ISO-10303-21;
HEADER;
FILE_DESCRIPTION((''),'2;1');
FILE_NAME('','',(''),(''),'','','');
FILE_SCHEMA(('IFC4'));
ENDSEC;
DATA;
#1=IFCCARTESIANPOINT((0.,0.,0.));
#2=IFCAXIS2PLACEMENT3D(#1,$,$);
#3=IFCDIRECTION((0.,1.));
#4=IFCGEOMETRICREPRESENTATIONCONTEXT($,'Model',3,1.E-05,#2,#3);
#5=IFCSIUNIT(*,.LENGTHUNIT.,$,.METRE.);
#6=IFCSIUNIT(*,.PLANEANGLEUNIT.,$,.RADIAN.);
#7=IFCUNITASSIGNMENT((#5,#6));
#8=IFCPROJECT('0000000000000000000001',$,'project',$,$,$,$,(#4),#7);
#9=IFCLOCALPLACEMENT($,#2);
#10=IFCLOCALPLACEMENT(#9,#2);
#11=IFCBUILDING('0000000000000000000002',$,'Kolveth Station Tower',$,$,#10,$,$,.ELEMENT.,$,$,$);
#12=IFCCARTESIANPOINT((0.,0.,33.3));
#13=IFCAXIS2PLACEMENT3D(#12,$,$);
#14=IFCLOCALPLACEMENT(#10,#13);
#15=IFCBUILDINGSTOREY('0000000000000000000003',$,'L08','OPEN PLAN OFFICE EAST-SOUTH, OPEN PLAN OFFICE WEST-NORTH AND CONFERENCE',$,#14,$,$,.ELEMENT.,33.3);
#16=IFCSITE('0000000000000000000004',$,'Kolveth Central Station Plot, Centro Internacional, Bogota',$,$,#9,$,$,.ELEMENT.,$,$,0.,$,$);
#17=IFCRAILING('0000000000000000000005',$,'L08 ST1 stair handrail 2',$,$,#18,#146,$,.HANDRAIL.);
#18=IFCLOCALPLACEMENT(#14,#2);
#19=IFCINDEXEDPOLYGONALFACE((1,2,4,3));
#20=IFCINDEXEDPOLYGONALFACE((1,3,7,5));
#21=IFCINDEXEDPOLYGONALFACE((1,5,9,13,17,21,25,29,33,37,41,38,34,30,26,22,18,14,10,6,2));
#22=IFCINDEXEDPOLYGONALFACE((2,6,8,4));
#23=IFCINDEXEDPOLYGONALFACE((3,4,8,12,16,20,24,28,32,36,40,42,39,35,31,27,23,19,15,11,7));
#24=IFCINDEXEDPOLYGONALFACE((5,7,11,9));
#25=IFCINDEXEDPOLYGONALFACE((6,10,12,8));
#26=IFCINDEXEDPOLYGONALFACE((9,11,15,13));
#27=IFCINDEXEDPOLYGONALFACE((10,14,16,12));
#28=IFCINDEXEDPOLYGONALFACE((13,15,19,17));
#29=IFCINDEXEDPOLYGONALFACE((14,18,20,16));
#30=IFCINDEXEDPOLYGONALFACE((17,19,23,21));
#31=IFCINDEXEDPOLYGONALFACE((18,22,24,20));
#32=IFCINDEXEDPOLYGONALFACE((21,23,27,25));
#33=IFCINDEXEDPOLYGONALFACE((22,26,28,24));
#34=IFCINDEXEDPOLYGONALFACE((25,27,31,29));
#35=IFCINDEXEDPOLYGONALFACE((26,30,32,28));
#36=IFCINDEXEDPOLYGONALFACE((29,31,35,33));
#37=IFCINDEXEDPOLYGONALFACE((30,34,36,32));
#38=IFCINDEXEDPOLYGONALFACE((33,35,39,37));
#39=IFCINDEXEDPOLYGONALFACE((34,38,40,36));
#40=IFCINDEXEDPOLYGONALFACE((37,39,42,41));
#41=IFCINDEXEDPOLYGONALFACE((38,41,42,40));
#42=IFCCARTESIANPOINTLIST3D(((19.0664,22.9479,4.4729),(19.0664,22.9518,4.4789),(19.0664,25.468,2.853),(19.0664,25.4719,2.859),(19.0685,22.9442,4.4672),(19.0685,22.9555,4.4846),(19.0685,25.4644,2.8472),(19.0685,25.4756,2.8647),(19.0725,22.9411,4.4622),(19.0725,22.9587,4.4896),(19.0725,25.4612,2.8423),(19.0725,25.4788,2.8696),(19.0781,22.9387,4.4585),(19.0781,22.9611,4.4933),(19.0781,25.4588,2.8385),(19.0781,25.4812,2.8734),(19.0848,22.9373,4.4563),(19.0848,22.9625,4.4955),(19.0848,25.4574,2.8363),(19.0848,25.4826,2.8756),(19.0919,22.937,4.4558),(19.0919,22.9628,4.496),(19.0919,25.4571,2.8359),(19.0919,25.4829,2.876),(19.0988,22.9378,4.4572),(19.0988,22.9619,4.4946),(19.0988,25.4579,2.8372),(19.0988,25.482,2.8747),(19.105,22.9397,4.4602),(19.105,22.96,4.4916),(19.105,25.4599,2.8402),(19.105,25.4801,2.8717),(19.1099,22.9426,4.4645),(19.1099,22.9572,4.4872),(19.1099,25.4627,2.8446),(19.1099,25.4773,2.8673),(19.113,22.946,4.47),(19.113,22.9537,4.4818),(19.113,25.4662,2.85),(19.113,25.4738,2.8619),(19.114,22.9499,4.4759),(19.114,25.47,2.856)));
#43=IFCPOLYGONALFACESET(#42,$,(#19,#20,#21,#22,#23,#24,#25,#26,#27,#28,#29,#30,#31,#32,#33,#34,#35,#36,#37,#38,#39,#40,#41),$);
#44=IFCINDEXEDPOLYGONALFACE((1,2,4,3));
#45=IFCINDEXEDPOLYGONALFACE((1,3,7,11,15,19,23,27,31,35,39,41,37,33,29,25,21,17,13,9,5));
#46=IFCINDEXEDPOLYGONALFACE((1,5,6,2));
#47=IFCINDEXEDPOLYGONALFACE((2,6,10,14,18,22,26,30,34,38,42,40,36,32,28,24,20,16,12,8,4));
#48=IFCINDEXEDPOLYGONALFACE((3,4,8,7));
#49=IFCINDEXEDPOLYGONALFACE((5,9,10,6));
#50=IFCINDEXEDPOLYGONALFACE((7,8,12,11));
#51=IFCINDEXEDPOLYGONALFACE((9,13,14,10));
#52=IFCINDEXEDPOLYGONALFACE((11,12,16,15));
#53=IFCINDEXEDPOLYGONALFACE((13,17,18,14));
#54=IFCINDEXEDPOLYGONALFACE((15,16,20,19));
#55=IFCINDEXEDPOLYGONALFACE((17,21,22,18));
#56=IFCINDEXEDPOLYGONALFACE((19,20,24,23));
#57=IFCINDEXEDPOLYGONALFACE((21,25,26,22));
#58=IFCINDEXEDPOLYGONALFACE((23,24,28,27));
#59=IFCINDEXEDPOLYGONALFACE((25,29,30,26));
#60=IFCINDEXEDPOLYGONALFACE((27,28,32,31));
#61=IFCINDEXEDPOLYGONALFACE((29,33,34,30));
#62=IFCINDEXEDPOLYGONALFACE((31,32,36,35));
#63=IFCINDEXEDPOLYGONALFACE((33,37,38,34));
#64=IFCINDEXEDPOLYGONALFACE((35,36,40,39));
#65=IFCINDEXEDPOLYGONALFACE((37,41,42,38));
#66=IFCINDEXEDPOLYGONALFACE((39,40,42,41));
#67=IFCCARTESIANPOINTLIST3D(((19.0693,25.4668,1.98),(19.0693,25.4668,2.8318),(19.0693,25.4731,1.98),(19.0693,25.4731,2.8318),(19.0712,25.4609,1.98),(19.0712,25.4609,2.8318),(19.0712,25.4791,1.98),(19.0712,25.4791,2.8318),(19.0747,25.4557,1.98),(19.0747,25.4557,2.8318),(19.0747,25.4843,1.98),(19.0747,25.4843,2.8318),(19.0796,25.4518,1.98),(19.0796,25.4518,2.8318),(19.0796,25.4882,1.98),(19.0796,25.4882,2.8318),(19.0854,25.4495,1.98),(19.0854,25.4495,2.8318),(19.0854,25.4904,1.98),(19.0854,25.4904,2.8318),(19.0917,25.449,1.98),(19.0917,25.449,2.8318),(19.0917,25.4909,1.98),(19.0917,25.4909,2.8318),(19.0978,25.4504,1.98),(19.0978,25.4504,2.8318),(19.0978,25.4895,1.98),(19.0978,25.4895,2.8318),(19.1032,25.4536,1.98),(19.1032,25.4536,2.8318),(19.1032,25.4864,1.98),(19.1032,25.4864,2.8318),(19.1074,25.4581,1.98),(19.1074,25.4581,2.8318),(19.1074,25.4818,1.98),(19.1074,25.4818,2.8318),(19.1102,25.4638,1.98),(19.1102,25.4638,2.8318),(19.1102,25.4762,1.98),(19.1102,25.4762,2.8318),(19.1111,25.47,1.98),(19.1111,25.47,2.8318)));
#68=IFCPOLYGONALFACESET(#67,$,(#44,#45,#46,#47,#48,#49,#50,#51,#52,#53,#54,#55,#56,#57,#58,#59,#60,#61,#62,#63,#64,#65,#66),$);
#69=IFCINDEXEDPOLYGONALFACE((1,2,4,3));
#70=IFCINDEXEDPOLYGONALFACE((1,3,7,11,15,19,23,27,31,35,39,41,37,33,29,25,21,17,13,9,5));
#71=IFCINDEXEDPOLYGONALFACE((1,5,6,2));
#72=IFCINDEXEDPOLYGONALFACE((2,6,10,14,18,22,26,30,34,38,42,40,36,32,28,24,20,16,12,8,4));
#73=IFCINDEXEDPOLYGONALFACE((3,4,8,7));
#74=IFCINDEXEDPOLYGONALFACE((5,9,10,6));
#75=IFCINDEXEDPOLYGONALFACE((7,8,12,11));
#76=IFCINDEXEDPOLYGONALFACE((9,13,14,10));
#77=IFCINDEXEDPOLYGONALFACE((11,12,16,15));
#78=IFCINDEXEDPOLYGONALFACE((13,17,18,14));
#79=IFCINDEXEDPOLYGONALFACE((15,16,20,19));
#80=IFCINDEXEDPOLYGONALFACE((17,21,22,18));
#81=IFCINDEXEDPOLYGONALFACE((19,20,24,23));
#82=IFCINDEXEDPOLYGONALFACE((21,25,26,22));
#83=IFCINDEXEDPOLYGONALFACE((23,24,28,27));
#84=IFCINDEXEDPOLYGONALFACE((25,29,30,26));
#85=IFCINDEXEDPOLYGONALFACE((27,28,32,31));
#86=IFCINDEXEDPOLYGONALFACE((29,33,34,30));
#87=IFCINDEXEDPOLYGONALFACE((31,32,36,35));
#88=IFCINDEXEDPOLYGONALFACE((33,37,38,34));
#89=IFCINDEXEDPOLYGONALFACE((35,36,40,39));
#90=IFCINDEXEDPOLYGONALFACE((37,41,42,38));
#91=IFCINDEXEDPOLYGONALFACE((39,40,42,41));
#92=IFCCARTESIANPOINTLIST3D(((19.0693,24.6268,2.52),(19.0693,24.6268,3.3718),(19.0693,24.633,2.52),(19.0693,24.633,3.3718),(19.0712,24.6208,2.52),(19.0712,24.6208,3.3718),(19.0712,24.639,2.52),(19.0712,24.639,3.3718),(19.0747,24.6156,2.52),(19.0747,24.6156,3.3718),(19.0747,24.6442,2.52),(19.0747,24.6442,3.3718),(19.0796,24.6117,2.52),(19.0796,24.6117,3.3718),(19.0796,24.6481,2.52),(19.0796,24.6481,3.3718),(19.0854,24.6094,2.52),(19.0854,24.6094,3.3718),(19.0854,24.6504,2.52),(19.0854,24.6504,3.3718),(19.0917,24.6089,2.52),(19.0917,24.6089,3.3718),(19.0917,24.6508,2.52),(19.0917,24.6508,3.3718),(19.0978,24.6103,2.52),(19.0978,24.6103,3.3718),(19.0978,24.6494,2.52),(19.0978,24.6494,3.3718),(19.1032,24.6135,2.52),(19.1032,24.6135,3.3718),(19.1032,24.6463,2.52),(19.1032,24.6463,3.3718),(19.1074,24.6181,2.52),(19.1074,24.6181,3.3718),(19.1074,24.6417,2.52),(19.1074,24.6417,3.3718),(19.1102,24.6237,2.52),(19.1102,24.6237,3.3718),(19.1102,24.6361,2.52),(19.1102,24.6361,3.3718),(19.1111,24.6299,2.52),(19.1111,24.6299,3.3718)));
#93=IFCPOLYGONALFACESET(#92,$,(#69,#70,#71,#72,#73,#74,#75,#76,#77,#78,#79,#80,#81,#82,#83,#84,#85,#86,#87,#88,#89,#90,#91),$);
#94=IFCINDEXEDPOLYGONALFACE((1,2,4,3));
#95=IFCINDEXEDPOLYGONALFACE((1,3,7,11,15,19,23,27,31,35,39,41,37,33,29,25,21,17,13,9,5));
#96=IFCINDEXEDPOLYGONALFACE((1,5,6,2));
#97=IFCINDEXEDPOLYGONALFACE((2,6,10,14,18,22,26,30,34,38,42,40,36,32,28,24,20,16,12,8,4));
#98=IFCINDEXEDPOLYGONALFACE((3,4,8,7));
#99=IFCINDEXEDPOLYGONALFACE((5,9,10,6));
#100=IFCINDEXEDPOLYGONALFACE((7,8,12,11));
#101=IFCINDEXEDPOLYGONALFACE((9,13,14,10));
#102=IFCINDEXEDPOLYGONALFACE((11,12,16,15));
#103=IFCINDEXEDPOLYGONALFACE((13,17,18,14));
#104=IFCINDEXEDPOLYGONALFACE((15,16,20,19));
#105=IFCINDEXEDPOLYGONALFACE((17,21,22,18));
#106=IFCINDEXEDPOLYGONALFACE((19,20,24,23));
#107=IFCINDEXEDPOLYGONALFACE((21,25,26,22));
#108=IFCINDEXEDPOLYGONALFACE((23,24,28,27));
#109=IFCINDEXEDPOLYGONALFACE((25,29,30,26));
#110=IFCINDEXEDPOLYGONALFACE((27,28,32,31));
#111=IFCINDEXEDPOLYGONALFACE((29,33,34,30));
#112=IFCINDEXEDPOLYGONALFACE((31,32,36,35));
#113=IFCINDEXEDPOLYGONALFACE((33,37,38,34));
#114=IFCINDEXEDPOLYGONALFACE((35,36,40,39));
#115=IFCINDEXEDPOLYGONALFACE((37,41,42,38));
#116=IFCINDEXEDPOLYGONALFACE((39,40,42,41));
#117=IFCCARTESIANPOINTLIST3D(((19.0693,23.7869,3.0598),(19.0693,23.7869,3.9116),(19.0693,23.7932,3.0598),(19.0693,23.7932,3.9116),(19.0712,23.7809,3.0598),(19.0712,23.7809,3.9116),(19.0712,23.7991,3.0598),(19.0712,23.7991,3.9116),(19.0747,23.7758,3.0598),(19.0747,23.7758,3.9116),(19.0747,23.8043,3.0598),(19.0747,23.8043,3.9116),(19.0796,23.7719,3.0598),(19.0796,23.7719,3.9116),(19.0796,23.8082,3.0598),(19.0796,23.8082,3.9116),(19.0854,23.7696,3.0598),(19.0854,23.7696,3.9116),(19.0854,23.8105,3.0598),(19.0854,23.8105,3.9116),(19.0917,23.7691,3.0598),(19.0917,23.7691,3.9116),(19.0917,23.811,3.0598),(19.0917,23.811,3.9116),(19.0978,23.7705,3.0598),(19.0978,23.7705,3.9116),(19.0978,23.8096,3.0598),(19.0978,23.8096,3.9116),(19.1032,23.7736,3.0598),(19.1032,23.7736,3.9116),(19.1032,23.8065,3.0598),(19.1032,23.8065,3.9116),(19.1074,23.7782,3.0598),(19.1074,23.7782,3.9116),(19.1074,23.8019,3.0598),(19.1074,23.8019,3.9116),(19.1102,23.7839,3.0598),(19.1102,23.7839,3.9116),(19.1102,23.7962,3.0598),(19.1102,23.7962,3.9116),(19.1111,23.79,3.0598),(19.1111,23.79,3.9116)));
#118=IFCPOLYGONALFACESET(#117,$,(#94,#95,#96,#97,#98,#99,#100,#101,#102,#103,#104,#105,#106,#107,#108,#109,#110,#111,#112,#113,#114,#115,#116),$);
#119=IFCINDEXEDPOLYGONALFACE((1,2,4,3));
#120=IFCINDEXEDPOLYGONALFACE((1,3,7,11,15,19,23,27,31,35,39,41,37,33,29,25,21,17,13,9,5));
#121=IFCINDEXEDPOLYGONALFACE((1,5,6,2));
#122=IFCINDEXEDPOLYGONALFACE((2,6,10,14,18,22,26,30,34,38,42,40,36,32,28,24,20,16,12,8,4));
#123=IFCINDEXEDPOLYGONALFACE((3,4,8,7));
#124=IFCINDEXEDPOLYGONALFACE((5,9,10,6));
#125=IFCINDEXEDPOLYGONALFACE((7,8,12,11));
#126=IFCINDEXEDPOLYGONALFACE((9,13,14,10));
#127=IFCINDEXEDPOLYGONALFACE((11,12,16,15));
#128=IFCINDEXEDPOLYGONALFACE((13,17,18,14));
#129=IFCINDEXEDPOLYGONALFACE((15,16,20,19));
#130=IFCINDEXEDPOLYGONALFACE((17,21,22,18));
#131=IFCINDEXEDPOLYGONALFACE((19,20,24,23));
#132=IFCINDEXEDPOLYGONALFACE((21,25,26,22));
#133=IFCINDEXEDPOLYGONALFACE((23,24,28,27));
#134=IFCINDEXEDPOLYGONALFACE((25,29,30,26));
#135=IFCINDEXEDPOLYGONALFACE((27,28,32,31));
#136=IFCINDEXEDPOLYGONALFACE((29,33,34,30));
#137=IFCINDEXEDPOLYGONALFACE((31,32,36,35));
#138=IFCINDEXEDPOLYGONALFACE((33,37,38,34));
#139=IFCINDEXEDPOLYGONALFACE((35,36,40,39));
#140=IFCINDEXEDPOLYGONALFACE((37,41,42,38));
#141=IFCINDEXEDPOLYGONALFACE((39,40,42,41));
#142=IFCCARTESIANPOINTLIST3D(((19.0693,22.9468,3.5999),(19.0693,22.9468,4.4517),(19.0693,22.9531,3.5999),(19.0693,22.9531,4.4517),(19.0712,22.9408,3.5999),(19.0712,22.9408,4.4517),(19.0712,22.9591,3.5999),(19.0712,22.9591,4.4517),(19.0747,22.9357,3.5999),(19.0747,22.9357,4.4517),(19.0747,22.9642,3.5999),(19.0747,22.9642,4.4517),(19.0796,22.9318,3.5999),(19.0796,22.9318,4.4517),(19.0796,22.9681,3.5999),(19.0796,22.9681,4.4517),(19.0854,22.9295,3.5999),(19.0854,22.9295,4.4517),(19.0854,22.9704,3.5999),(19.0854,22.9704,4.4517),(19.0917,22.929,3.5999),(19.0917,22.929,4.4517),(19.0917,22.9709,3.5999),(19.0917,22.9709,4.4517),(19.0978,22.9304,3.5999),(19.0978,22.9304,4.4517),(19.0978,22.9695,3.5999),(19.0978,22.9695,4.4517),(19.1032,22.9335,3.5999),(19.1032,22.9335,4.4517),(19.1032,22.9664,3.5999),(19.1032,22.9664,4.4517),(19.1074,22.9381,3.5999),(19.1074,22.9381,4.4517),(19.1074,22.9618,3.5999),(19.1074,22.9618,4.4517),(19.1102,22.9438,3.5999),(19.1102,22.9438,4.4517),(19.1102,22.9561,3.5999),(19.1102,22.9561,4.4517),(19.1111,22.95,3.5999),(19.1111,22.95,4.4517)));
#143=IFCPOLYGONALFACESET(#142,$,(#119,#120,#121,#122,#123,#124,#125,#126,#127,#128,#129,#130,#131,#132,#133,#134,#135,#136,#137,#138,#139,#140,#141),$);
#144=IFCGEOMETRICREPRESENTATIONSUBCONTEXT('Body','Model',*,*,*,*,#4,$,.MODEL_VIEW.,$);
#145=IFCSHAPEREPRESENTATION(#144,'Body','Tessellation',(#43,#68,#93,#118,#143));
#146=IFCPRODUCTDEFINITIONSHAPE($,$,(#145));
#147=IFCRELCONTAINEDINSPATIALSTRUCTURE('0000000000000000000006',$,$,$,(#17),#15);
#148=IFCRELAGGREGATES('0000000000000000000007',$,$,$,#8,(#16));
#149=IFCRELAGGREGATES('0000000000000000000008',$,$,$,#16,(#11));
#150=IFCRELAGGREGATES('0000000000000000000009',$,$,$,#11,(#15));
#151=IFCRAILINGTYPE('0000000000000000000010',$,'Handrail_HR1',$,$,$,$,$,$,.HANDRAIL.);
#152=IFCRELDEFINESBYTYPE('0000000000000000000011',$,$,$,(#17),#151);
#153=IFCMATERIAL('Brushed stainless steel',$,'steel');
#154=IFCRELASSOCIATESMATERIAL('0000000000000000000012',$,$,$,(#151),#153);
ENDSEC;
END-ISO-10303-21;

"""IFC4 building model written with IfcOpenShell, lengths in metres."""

from ifc_helpers import new_model, si_unit, direction, frame, origin, origin_2d, place, context, subcontext, project, spatial, circle, extrude, material, type_object, element, save


model = new_model("IFC4")

# Units and contexts
model_context = context("Model", 3, precision=1e-05, world=origin(), true_north=direction((0.0, 1.0)))
body_context = subcontext(model_context, "Body", "Model", "MODEL_VIEW")
ifc_project = project(units=[si_unit("LENGTHUNIT", "METRE"), si_unit("PLANEANGLEUNIT", "RADIAN")], contexts=[model_context])

# Site, building, storey
site_placement = place(None, origin())
site = spatial("IfcSite", under=ifc_project, at=site_placement, Name="Kolveth Central Station Plot, Centro Internacional, Bogota", CompositionType="ELEMENT", RefElevation=0.0)
building_placement = place(site_placement, origin())
building = spatial("IfcBuilding", under=site, at=building_placement, Name="Kolveth Station Tower", CompositionType="ELEMENT")
storey_placement = place(building_placement, frame((0.0, 0.0, 33.3)))
storey = spatial("IfcBuildingStorey", under=building, at=storey_placement, Name="L08", Description="OPEN PLAN OFFICE EAST-SOUTH, OPEN PLAN OFFICE WEST-NORTH AND CONFERENCE", CompositionType="ELEMENT", Elevation=33.3)

# Railing
ifc_material_1 = material(Name="Brushed stainless steel", Category="steel")
railing_type_1 = type_object("IfcRailingType", Name="Handrail_HR1", PredefinedType="HANDRAIL", material=ifc_material_1)
railing_1_placement = place(storey_placement, frame((19.0901, 25.47, 1.98)))
element("IfcRailing", 1, at=railing_1_placement, inside=storey, type_object=railing_type_1, Name="L08 ST1 stair handrail 2", PredefinedType="HANDRAIL", context=body_context, shape_type="SweptSolid", body=[
    extrude(circle(Radius=0.0239, at=origin_2d()), frame((0.0, 0.0, 0.876), z_axis=(0.0, -0.8412, 0.540725), x_axis=(1.0, 0.0, 0.0)), (0.0, 0.0, 1.0), 2.9958),
    extrude(circle(Radius=0.021, at=origin_2d()), origin(), (0.0, 0.0, 1.0), 0.8518),
    extrude(circle(Radius=0.021, at=origin_2d()), frame((0.0, -0.8401, 0.54)), (0.0, 0.0, 1.0), 0.8518),
    extrude(circle(Radius=0.021, at=origin_2d()), frame((0.0, -1.6799, 1.0798)), (0.0, 0.0, 1.0), 0.8518),
    extrude(circle(Radius=0.021, at=origin_2d()), frame((0.0, -2.52, 1.6199)), (0.0, 0.0, 1.0), 0.8518),
])

save(model, "model.ifc")
